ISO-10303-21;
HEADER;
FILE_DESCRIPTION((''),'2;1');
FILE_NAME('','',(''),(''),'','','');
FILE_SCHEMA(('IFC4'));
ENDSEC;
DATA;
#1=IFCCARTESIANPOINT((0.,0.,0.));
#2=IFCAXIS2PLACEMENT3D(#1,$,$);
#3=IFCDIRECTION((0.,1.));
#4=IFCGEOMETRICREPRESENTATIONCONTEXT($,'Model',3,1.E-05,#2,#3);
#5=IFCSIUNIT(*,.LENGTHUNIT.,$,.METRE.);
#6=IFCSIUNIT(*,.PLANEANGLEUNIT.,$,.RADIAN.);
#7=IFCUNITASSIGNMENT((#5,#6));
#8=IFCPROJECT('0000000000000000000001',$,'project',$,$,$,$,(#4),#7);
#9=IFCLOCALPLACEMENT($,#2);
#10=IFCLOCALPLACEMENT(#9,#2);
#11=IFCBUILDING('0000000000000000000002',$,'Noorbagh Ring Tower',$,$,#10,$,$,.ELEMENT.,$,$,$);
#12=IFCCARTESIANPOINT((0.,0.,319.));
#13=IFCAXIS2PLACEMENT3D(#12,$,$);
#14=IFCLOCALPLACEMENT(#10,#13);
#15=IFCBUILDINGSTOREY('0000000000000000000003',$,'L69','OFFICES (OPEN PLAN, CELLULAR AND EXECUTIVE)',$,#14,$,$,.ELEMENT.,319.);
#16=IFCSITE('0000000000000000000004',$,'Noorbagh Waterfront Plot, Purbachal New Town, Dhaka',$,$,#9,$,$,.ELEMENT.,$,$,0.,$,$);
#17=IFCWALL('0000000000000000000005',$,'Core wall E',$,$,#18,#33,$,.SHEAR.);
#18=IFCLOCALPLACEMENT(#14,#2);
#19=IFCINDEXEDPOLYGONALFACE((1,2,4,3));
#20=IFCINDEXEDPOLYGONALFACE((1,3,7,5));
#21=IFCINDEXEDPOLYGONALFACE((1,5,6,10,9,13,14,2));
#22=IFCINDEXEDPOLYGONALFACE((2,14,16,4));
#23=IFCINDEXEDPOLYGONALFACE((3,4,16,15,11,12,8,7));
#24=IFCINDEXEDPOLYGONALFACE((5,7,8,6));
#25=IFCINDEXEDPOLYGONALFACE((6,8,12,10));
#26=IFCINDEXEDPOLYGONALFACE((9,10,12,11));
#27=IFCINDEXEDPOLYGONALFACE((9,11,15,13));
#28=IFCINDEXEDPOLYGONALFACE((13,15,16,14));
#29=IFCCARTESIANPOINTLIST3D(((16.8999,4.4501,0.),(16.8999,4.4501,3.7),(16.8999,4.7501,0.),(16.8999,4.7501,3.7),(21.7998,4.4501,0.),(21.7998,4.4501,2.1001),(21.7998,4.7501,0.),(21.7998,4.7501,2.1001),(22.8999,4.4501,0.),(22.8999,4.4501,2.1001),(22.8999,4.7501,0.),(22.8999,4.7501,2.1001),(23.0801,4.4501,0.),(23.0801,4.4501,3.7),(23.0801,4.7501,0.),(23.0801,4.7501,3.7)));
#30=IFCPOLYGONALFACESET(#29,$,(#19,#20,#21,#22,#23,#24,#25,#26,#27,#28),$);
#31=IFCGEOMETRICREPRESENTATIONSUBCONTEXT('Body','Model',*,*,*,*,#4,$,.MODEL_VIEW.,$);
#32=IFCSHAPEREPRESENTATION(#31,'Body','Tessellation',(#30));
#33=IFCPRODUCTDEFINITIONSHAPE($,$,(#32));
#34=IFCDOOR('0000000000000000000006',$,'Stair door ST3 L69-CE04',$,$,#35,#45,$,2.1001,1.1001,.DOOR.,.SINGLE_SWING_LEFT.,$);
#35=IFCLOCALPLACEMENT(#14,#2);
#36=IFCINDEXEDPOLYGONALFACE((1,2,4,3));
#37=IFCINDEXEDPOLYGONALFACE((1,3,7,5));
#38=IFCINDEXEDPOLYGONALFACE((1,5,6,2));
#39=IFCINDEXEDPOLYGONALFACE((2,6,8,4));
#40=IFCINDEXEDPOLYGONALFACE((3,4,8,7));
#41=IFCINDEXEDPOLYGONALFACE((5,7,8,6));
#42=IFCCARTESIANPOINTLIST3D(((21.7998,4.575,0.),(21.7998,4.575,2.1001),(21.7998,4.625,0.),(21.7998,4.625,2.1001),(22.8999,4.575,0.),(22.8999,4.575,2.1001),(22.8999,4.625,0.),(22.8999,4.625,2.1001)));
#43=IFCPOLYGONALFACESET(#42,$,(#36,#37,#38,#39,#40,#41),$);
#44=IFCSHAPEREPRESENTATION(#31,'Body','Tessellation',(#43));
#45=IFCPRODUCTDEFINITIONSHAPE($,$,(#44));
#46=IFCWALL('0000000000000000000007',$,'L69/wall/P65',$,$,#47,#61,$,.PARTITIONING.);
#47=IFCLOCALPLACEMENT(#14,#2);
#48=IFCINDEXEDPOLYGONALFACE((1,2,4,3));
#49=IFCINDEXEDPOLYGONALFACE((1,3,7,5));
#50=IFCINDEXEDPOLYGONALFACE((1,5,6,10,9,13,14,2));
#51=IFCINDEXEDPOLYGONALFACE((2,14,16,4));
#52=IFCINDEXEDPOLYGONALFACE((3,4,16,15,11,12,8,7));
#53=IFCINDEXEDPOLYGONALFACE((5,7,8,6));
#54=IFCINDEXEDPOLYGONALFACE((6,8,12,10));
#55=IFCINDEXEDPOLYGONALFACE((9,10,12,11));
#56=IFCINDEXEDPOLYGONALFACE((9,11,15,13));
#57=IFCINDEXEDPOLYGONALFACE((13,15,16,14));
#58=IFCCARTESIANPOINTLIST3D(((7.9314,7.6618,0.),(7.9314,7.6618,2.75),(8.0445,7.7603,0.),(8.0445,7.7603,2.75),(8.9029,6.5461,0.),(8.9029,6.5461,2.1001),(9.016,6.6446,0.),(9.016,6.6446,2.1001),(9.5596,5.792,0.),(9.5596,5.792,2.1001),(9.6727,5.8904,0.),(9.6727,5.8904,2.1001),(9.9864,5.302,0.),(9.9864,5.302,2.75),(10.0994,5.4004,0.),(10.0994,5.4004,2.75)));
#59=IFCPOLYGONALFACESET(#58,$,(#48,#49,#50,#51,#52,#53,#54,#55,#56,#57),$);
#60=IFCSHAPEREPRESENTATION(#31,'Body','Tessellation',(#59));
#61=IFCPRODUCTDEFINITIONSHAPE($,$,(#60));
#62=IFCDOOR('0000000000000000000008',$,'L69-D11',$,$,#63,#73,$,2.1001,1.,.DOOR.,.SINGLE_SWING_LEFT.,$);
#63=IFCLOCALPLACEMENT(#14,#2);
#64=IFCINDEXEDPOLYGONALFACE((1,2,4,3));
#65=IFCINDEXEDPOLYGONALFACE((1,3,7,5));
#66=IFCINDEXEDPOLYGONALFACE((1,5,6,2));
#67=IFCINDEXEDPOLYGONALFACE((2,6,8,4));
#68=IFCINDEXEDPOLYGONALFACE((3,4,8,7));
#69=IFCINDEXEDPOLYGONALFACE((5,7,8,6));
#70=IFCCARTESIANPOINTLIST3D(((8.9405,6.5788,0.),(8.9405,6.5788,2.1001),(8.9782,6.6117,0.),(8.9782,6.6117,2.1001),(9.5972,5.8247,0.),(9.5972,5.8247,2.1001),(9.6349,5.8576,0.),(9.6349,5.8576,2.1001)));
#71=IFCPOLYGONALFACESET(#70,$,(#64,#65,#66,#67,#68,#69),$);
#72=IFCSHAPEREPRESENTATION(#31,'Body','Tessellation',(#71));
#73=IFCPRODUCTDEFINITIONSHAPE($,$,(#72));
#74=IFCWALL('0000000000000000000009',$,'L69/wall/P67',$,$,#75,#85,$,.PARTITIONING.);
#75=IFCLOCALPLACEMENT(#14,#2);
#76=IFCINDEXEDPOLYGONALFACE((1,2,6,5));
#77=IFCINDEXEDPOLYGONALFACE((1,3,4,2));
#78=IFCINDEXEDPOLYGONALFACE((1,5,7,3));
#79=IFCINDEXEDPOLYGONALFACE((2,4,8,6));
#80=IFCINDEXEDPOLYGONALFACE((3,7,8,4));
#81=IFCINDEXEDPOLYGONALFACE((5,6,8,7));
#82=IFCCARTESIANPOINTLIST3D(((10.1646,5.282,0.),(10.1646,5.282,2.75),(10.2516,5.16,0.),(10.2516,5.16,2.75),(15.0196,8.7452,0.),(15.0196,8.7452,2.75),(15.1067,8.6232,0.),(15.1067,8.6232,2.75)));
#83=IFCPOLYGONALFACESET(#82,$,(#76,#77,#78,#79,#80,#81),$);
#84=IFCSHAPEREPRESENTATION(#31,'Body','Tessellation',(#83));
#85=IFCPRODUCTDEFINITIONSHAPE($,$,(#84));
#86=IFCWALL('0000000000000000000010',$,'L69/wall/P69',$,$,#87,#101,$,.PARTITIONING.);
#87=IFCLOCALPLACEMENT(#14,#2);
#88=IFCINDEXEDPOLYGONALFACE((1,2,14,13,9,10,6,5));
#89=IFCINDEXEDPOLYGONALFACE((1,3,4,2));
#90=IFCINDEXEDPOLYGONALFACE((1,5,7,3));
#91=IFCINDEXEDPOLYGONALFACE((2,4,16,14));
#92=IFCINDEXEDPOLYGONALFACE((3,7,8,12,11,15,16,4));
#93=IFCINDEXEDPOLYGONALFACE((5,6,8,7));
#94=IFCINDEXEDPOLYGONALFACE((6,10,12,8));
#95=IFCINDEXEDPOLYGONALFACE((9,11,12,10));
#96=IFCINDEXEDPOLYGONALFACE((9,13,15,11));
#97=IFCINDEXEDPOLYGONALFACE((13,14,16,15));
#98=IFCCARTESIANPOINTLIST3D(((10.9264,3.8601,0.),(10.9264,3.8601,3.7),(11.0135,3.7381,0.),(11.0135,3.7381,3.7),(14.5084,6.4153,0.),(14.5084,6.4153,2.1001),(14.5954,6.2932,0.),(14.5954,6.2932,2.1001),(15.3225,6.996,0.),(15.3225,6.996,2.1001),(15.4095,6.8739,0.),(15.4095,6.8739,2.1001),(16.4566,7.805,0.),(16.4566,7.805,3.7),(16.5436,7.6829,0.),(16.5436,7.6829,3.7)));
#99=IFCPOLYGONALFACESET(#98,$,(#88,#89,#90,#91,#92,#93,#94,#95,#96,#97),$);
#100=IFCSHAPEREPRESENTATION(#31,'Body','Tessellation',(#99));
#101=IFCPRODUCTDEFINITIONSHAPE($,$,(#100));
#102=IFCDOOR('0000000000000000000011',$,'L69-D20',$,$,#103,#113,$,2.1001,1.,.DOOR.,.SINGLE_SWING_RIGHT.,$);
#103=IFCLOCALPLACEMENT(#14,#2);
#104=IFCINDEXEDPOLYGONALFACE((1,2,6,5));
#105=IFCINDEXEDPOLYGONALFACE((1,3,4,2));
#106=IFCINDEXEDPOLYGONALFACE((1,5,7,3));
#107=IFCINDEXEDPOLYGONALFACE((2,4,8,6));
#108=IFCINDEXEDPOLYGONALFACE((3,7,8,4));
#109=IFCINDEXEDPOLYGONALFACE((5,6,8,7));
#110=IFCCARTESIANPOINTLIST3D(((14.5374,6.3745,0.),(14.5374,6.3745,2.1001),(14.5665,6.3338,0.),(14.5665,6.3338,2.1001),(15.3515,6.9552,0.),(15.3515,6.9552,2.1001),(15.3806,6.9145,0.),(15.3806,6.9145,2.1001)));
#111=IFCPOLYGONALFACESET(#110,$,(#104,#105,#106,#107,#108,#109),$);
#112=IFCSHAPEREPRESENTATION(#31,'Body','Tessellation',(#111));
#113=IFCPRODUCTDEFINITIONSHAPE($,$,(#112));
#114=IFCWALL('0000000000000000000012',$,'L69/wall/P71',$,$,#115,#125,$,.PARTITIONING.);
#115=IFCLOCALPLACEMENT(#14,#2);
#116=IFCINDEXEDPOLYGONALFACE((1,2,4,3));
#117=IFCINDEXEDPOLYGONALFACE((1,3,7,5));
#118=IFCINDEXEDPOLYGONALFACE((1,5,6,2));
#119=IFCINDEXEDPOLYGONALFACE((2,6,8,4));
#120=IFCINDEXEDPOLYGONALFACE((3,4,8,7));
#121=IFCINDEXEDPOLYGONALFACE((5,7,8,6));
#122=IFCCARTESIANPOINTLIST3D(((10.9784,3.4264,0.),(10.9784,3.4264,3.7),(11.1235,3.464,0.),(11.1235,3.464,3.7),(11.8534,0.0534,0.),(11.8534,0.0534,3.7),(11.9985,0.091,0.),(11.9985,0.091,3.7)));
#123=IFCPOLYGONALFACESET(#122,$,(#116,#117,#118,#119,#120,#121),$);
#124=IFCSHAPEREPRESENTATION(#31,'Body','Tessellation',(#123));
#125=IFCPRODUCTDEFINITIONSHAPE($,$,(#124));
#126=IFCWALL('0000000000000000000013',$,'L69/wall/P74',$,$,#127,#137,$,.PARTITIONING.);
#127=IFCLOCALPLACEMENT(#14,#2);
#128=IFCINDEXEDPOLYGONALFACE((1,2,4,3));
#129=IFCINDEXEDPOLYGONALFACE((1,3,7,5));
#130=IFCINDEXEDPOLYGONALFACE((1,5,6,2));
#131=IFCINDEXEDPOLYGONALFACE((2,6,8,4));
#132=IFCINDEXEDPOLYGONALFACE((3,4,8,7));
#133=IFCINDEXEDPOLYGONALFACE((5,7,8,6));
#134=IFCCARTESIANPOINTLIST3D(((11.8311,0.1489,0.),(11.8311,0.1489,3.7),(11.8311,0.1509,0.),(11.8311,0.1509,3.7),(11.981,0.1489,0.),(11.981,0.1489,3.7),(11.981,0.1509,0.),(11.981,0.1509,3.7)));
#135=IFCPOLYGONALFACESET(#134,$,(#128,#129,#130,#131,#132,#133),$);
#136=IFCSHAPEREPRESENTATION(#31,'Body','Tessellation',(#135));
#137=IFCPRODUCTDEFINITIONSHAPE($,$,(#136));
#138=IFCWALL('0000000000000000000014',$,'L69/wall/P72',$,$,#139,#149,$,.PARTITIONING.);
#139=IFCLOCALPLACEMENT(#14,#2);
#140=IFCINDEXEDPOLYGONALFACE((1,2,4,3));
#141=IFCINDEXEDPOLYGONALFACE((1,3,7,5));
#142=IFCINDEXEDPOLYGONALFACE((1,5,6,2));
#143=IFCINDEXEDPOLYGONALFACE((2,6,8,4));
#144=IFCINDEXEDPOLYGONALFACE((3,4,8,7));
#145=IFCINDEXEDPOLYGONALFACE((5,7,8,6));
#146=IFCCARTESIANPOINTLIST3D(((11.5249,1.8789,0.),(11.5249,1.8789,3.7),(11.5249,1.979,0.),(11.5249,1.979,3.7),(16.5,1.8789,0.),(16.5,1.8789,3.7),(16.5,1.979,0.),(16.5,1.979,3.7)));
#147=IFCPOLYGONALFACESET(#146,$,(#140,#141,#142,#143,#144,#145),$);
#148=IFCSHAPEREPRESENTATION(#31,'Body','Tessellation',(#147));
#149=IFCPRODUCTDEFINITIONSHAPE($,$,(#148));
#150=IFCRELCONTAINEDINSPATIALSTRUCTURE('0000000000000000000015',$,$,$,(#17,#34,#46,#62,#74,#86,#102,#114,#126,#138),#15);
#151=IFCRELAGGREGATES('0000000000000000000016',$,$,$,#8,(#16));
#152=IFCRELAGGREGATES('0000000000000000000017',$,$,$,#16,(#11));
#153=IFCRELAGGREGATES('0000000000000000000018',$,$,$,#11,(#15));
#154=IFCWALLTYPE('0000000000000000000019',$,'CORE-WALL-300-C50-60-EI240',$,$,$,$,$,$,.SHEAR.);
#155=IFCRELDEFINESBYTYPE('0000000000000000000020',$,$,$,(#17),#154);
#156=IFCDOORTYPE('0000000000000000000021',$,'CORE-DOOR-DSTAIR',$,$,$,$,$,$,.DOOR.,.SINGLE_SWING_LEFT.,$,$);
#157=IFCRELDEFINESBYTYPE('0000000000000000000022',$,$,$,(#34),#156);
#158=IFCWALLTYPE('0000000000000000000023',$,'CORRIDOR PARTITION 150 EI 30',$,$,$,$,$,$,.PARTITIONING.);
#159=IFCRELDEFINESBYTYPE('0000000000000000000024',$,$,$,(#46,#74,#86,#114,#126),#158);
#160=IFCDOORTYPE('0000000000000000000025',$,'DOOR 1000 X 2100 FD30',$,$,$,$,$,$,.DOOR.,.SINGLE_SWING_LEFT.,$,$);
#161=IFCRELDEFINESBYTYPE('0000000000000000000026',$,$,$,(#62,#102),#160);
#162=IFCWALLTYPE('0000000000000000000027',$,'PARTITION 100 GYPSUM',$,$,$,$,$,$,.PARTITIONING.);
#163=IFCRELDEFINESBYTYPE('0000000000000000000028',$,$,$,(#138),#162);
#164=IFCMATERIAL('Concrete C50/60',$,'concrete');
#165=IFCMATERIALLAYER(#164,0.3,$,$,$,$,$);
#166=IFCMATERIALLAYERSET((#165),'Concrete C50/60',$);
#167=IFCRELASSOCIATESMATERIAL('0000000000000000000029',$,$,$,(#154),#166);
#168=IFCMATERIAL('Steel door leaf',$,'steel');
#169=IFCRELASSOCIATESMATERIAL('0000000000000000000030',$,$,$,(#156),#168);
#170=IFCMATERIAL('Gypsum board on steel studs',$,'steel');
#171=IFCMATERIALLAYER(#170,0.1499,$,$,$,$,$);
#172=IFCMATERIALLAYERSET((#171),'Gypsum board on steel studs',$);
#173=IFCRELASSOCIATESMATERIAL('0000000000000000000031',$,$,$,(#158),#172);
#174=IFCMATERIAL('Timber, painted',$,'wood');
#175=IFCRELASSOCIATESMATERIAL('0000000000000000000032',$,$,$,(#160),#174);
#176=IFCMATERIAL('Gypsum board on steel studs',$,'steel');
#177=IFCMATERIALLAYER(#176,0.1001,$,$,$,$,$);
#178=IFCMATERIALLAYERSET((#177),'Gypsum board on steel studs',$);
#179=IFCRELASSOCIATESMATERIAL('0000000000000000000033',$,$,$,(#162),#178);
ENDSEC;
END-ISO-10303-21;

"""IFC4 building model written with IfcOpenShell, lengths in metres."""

from ifc_helpers import new_model, si_unit, direction, frame, frame_2d, origin, place, context, subcontext, project, spatial, rectangle, extrude, material, layer, layer_set, type_object, element, fill, save


model = new_model("IFC4")

# Units and contexts
model_context = context("Model", 3, precision=1e-05, world=origin(), true_north=direction((0.0, 1.0)))
body_context = subcontext(model_context, "Body", "Model", "MODEL_VIEW")
ifc_project = project(units=[si_unit("LENGTHUNIT", "METRE"), si_unit("PLANEANGLEUNIT", "RADIAN")], contexts=[model_context])

# Site, building, storey
site_placement = place(None, origin())
site = spatial("IfcSite", under=ifc_project, at=site_placement, Name="Noorbagh Waterfront Plot, Purbachal New Town, Dhaka", CompositionType="ELEMENT", RefElevation=0.0)
building_placement = place(site_placement, origin())
building = spatial("IfcBuilding", under=site, at=building_placement, Name="Noorbagh Ring Tower", CompositionType="ELEMENT")
storey_placement = place(building_placement, frame((0.0, 0.0, 319.0)))
storey = spatial("IfcBuildingStorey", under=building, at=storey_placement, Name="L69", Description="OFFICES (OPEN PLAN, CELLULAR AND EXECUTIVE)", CompositionType="ELEMENT", Elevation=319.0)

# Walls, openings, doors
ifc_material_1 = material(Name="Concrete C50/60", Category="concrete")
ifc_layer_1 = layer(ifc_material_1, 0.3)
ifc_layer_set_1 = layer_set([ifc_layer_1], Name="Concrete C50/60")
wall_type_1 = type_object("IfcWallType", Name="CORE-WALL-300-C50-60-EI240", PredefinedType="SHEAR", material=ifc_layer_set_1)
wall_1_placement = place(storey_placement, frame((16.8999, 4.6001, 0.0), z_axis=(0.0, 0.0, 1.0), x_axis=(1.0, 0.0, 0.0)))
wall_1 = element("IfcWall", 1, at=wall_1_placement, inside=storey, type_object=wall_type_1, Name="Core wall E", PredefinedType="SHEAR", context=body_context, shape_type="SweptSolid", body=[
    extrude(rectangle(XDim=6.1802, YDim=0.3, at=frame_2d((3.0901, 0.0))), origin(), (0.0, 0.0, 1.0), 3.7),
])
opening_1_placement = place(wall_1_placement, frame((4.8999, 0.0, 0.0)))
opening_1 = element("IfcOpeningElement", 2, at=opening_1_placement, cuts=wall_1, PredefinedType="OPENING", context=body_context, shape_type="SweptSolid", body=[
    extrude(rectangle(XDim=1.1001, YDim=2.1001, at=frame_2d((0.55, 1.05))), frame((0.0, 0.1602, 0.0), z_axis=(0.0, -1.0, 0.0), x_axis=(1.0, 0.0, 0.0)), (0.0, 0.0, 1.0), 0.3201),
])
ifc_material_2 = material(Name="Steel door leaf", Category="steel")
door_type_1 = type_object("IfcDoorType", Name="CORE-DOOR-DSTAIR", OperationType="SINGLE_SWING_LEFT", PredefinedType="DOOR", material=ifc_material_2)
door_1_placement = place(opening_1_placement, origin())
door_1 = element("IfcDoor", 3, at=door_1_placement, inside=storey, type_object=door_type_1, Name="Stair door ST3 L69-CE04", OperationType="SINGLE_SWING_LEFT", OverallHeight=2.1001, OverallWidth=1.1001, PredefinedType="DOOR", context=body_context, shape_type="SweptSolid", body=[
    extrude(rectangle(XDim=1.1001, YDim=2.1001, at=frame_2d((0.55, 1.05))), frame((0.0, 0.0249, 0.0), z_axis=(0.0, -1.0, 0.0), x_axis=(1.0, 0.0, 0.0)), (0.0, 0.0, 1.0), 0.05),
])
fill(opening_1, door_1)
ifc_material_3 = material(Name="Gypsum board on steel studs", Category="steel")
ifc_layer_2 = layer(ifc_material_3, 0.1499)
ifc_layer_set_2 = layer_set([ifc_layer_2], Name="Gypsum board on steel studs")
wall_type_2 = type_object("IfcWallType", Name="CORRIDOR PARTITION 150 EI 30", PredefinedType="PARTITIONING", material=ifc_layer_set_2)
wall_2_placement = place(storey_placement, frame((7.988, 7.7109, 0.0), z_axis=(0.0, 0.0, 1.0), x_axis=(0.656702, -0.75415, 0.0)))
wall_2 = element("IfcWall", 4, at=wall_2_placement, inside=storey, type_object=wall_type_2, Name="L69/wall/P65", PredefinedType="PARTITIONING", context=body_context, shape_type="SweptSolid", body=[
    extrude(rectangle(XDim=3.1292, YDim=0.1499, at=frame_2d((1.5645, 0.0))), origin(), (0.0, 0.0, 1.0), 2.75),
])
opening_2_placement = place(wall_2_placement, frame((1.4792, 0.0, 0.0)))
opening_2 = element("IfcOpeningElement", 5, at=opening_2_placement, cuts=wall_2, PredefinedType="OPENING", context=body_context, shape_type="SweptSolid", body=[
    extrude(rectangle(XDim=1.0, YDim=2.1001, at=frame_2d((0.5, 1.05))), frame((0.0, 0.085, 0.0), z_axis=(0.0, -1.0, 0.0), x_axis=(1.0, 0.0, 0.0)), (0.0, 0.0, 1.0), 0.1699),
])
ifc_material_4 = material(Name="Timber, painted", Category="wood")
door_type_2 = type_object("IfcDoorType", Name="DOOR 1000 X 2100 FD30", OperationType="SINGLE_SWING_LEFT", PredefinedType="DOOR", material=ifc_material_4)
door_2_placement = place(opening_2_placement, origin())
door_2 = element("IfcDoor", 6, at=door_2_placement, inside=storey, type_object=door_type_2, Name="L69-D11", OperationType="SINGLE_SWING_LEFT", OverallHeight=2.1001, OverallWidth=1.0, PredefinedType="DOOR", context=body_context, shape_type="SweptSolid", body=[
    extrude(rectangle(XDim=1.0, YDim=2.1001, at=frame_2d((0.5, 1.05))), frame((0.0, 0.0249, 0.0), z_axis=(0.0, -1.0, 0.0), x_axis=(1.0, 0.0, 0.0)), (0.0, 0.0, 1.0), 0.05),
])
fill(opening_2, door_2)

# Wall
wall_3_placement = place(storey_placement, frame((10.208, 5.2209, 0.0), z_axis=(0.0, 0.0, 1.0), x_axis=(0.814107, 0.580715, 0.0)))
element("IfcWall", 7, at=wall_3_placement, inside=storey, type_object=wall_type_2, Name="L69/wall/P67", PredefinedType="PARTITIONING", context=body_context, shape_type="SweptSolid", body=[
    extrude(rectangle(XDim=5.9636, YDim=0.1499, at=frame_2d((2.9819, 0.0))), origin(), (0.0, 0.0, 1.0), 2.75),
])

# Wall, opening, door
wall_4_placement = place(storey_placement, frame((10.97, 3.7991, 0.0), z_axis=(0.0, 0.0, 1.0), x_axis=(0.814095, 0.580732, 0.0)))
wall_4 = element("IfcWall", 8, at=wall_4_placement, inside=storey, type_object=wall_type_2, Name="L69/wall/P69", PredefinedType="PARTITIONING", context=body_context, shape_type="SweptSolid", body=[
    extrude(rectangle(XDim=6.793, YDim=0.1499, at=frame_2d((3.3965, 0.0))), origin(), (0.0, 0.0, 1.0), 3.7),
])
opening_3_placement = place(wall_4_placement, frame((4.3999, 0.0, 0.0)))
opening_3 = element("IfcOpeningElement", 9, at=opening_3_placement, cuts=wall_4, PredefinedType="OPENING", context=body_context, shape_type="SweptSolid", body=[
    extrude(rectangle(XDim=1.0, YDim=2.1001, at=frame_2d((0.5, 1.05))), frame((0.0, 0.085, 0.0), z_axis=(0.0, -1.0, 0.0), x_axis=(1.0, 0.0, 0.0)), (0.0, 0.0, 1.0), 0.1699),
])
door_3_placement = place(opening_3_placement, origin())
door_3 = element("IfcDoor", 10, at=door_3_placement, inside=storey, type_object=door_type_2, Name="L69-D20", OperationType="SINGLE_SWING_RIGHT", OverallHeight=2.1001, OverallWidth=1.0, PredefinedType="DOOR", context=body_context, shape_type="SweptSolid", body=[
    extrude(rectangle(XDim=1.0, YDim=2.1001, at=frame_2d((0.5, 1.05))), frame((0.0, 0.0249, 0.0), z_axis=(0.0, -1.0, 0.0), x_axis=(1.0, 0.0, 0.0)), (0.0, 0.0, 1.0), 0.05),
])
fill(opening_3, door_3)

# Walls
wall_5_placement = place(storey_placement, frame((11.051, 3.4451, 0.0), z_axis=(0.0, 0.0, 1.0), x_axis=(0.251098, -0.967962, 0.0)))
element("IfcWall", 11, at=wall_5_placement, inside=storey, type_object=wall_type_2, Name="L69/wall/P71", PredefinedType="PARTITIONING", context=body_context, shape_type="SweptSolid", body=[
    extrude(rectangle(XDim=3.4846, YDim=0.1499, at=frame_2d((1.7422, 0.0))), origin(), (0.0, 0.0, 1.0), 3.7),
])
wall_6_placement = place(storey_placement, frame((11.906, 0.1509, 0.0), z_axis=(0.0, 0.0, 1.0), x_axis=(0.0, -1.0, 0.0)))
element("IfcWall", 12, at=wall_6_placement, inside=storey, type_object=wall_type_2, Name="L69/wall/P74", PredefinedType="PARTITIONING", context=body_context, shape_type="SweptSolid", body=[
    extrude(rectangle(XDim=0.002, YDim=0.1499, at=frame_2d((0.001, 0.0))), origin(), (0.0, 0.0, 1.0), 3.7),
])

# Wall
ifc_material_5 = material(Name="Gypsum board on steel studs", Category="steel")
ifc_layer_3 = layer(ifc_material_5, 0.1001)
ifc_layer_set_3 = layer_set([ifc_layer_3], Name="Gypsum board on steel studs")
wall_type_3 = type_object("IfcWallType", Name="PARTITION 100 GYPSUM", PredefinedType="PARTITIONING", material=ifc_layer_set_3)
wall_7_placement = place(storey_placement, frame((11.5249, 1.929, 0.0), z_axis=(0.0, 0.0, 1.0), x_axis=(1.0, 0.0, 0.0)))
element("IfcWall", 13, at=wall_7_placement, inside=storey, type_object=wall_type_3, Name="L69/wall/P72", PredefinedType="PARTITIONING", context=body_context, shape_type="SweptSolid", body=[
    extrude(rectangle(XDim=4.9751, YDim=0.1001, at=frame_2d((2.4875, 0.0))), origin(), (0.0, 0.0, 1.0), 3.7),
])

save(model, "model.ifc")
